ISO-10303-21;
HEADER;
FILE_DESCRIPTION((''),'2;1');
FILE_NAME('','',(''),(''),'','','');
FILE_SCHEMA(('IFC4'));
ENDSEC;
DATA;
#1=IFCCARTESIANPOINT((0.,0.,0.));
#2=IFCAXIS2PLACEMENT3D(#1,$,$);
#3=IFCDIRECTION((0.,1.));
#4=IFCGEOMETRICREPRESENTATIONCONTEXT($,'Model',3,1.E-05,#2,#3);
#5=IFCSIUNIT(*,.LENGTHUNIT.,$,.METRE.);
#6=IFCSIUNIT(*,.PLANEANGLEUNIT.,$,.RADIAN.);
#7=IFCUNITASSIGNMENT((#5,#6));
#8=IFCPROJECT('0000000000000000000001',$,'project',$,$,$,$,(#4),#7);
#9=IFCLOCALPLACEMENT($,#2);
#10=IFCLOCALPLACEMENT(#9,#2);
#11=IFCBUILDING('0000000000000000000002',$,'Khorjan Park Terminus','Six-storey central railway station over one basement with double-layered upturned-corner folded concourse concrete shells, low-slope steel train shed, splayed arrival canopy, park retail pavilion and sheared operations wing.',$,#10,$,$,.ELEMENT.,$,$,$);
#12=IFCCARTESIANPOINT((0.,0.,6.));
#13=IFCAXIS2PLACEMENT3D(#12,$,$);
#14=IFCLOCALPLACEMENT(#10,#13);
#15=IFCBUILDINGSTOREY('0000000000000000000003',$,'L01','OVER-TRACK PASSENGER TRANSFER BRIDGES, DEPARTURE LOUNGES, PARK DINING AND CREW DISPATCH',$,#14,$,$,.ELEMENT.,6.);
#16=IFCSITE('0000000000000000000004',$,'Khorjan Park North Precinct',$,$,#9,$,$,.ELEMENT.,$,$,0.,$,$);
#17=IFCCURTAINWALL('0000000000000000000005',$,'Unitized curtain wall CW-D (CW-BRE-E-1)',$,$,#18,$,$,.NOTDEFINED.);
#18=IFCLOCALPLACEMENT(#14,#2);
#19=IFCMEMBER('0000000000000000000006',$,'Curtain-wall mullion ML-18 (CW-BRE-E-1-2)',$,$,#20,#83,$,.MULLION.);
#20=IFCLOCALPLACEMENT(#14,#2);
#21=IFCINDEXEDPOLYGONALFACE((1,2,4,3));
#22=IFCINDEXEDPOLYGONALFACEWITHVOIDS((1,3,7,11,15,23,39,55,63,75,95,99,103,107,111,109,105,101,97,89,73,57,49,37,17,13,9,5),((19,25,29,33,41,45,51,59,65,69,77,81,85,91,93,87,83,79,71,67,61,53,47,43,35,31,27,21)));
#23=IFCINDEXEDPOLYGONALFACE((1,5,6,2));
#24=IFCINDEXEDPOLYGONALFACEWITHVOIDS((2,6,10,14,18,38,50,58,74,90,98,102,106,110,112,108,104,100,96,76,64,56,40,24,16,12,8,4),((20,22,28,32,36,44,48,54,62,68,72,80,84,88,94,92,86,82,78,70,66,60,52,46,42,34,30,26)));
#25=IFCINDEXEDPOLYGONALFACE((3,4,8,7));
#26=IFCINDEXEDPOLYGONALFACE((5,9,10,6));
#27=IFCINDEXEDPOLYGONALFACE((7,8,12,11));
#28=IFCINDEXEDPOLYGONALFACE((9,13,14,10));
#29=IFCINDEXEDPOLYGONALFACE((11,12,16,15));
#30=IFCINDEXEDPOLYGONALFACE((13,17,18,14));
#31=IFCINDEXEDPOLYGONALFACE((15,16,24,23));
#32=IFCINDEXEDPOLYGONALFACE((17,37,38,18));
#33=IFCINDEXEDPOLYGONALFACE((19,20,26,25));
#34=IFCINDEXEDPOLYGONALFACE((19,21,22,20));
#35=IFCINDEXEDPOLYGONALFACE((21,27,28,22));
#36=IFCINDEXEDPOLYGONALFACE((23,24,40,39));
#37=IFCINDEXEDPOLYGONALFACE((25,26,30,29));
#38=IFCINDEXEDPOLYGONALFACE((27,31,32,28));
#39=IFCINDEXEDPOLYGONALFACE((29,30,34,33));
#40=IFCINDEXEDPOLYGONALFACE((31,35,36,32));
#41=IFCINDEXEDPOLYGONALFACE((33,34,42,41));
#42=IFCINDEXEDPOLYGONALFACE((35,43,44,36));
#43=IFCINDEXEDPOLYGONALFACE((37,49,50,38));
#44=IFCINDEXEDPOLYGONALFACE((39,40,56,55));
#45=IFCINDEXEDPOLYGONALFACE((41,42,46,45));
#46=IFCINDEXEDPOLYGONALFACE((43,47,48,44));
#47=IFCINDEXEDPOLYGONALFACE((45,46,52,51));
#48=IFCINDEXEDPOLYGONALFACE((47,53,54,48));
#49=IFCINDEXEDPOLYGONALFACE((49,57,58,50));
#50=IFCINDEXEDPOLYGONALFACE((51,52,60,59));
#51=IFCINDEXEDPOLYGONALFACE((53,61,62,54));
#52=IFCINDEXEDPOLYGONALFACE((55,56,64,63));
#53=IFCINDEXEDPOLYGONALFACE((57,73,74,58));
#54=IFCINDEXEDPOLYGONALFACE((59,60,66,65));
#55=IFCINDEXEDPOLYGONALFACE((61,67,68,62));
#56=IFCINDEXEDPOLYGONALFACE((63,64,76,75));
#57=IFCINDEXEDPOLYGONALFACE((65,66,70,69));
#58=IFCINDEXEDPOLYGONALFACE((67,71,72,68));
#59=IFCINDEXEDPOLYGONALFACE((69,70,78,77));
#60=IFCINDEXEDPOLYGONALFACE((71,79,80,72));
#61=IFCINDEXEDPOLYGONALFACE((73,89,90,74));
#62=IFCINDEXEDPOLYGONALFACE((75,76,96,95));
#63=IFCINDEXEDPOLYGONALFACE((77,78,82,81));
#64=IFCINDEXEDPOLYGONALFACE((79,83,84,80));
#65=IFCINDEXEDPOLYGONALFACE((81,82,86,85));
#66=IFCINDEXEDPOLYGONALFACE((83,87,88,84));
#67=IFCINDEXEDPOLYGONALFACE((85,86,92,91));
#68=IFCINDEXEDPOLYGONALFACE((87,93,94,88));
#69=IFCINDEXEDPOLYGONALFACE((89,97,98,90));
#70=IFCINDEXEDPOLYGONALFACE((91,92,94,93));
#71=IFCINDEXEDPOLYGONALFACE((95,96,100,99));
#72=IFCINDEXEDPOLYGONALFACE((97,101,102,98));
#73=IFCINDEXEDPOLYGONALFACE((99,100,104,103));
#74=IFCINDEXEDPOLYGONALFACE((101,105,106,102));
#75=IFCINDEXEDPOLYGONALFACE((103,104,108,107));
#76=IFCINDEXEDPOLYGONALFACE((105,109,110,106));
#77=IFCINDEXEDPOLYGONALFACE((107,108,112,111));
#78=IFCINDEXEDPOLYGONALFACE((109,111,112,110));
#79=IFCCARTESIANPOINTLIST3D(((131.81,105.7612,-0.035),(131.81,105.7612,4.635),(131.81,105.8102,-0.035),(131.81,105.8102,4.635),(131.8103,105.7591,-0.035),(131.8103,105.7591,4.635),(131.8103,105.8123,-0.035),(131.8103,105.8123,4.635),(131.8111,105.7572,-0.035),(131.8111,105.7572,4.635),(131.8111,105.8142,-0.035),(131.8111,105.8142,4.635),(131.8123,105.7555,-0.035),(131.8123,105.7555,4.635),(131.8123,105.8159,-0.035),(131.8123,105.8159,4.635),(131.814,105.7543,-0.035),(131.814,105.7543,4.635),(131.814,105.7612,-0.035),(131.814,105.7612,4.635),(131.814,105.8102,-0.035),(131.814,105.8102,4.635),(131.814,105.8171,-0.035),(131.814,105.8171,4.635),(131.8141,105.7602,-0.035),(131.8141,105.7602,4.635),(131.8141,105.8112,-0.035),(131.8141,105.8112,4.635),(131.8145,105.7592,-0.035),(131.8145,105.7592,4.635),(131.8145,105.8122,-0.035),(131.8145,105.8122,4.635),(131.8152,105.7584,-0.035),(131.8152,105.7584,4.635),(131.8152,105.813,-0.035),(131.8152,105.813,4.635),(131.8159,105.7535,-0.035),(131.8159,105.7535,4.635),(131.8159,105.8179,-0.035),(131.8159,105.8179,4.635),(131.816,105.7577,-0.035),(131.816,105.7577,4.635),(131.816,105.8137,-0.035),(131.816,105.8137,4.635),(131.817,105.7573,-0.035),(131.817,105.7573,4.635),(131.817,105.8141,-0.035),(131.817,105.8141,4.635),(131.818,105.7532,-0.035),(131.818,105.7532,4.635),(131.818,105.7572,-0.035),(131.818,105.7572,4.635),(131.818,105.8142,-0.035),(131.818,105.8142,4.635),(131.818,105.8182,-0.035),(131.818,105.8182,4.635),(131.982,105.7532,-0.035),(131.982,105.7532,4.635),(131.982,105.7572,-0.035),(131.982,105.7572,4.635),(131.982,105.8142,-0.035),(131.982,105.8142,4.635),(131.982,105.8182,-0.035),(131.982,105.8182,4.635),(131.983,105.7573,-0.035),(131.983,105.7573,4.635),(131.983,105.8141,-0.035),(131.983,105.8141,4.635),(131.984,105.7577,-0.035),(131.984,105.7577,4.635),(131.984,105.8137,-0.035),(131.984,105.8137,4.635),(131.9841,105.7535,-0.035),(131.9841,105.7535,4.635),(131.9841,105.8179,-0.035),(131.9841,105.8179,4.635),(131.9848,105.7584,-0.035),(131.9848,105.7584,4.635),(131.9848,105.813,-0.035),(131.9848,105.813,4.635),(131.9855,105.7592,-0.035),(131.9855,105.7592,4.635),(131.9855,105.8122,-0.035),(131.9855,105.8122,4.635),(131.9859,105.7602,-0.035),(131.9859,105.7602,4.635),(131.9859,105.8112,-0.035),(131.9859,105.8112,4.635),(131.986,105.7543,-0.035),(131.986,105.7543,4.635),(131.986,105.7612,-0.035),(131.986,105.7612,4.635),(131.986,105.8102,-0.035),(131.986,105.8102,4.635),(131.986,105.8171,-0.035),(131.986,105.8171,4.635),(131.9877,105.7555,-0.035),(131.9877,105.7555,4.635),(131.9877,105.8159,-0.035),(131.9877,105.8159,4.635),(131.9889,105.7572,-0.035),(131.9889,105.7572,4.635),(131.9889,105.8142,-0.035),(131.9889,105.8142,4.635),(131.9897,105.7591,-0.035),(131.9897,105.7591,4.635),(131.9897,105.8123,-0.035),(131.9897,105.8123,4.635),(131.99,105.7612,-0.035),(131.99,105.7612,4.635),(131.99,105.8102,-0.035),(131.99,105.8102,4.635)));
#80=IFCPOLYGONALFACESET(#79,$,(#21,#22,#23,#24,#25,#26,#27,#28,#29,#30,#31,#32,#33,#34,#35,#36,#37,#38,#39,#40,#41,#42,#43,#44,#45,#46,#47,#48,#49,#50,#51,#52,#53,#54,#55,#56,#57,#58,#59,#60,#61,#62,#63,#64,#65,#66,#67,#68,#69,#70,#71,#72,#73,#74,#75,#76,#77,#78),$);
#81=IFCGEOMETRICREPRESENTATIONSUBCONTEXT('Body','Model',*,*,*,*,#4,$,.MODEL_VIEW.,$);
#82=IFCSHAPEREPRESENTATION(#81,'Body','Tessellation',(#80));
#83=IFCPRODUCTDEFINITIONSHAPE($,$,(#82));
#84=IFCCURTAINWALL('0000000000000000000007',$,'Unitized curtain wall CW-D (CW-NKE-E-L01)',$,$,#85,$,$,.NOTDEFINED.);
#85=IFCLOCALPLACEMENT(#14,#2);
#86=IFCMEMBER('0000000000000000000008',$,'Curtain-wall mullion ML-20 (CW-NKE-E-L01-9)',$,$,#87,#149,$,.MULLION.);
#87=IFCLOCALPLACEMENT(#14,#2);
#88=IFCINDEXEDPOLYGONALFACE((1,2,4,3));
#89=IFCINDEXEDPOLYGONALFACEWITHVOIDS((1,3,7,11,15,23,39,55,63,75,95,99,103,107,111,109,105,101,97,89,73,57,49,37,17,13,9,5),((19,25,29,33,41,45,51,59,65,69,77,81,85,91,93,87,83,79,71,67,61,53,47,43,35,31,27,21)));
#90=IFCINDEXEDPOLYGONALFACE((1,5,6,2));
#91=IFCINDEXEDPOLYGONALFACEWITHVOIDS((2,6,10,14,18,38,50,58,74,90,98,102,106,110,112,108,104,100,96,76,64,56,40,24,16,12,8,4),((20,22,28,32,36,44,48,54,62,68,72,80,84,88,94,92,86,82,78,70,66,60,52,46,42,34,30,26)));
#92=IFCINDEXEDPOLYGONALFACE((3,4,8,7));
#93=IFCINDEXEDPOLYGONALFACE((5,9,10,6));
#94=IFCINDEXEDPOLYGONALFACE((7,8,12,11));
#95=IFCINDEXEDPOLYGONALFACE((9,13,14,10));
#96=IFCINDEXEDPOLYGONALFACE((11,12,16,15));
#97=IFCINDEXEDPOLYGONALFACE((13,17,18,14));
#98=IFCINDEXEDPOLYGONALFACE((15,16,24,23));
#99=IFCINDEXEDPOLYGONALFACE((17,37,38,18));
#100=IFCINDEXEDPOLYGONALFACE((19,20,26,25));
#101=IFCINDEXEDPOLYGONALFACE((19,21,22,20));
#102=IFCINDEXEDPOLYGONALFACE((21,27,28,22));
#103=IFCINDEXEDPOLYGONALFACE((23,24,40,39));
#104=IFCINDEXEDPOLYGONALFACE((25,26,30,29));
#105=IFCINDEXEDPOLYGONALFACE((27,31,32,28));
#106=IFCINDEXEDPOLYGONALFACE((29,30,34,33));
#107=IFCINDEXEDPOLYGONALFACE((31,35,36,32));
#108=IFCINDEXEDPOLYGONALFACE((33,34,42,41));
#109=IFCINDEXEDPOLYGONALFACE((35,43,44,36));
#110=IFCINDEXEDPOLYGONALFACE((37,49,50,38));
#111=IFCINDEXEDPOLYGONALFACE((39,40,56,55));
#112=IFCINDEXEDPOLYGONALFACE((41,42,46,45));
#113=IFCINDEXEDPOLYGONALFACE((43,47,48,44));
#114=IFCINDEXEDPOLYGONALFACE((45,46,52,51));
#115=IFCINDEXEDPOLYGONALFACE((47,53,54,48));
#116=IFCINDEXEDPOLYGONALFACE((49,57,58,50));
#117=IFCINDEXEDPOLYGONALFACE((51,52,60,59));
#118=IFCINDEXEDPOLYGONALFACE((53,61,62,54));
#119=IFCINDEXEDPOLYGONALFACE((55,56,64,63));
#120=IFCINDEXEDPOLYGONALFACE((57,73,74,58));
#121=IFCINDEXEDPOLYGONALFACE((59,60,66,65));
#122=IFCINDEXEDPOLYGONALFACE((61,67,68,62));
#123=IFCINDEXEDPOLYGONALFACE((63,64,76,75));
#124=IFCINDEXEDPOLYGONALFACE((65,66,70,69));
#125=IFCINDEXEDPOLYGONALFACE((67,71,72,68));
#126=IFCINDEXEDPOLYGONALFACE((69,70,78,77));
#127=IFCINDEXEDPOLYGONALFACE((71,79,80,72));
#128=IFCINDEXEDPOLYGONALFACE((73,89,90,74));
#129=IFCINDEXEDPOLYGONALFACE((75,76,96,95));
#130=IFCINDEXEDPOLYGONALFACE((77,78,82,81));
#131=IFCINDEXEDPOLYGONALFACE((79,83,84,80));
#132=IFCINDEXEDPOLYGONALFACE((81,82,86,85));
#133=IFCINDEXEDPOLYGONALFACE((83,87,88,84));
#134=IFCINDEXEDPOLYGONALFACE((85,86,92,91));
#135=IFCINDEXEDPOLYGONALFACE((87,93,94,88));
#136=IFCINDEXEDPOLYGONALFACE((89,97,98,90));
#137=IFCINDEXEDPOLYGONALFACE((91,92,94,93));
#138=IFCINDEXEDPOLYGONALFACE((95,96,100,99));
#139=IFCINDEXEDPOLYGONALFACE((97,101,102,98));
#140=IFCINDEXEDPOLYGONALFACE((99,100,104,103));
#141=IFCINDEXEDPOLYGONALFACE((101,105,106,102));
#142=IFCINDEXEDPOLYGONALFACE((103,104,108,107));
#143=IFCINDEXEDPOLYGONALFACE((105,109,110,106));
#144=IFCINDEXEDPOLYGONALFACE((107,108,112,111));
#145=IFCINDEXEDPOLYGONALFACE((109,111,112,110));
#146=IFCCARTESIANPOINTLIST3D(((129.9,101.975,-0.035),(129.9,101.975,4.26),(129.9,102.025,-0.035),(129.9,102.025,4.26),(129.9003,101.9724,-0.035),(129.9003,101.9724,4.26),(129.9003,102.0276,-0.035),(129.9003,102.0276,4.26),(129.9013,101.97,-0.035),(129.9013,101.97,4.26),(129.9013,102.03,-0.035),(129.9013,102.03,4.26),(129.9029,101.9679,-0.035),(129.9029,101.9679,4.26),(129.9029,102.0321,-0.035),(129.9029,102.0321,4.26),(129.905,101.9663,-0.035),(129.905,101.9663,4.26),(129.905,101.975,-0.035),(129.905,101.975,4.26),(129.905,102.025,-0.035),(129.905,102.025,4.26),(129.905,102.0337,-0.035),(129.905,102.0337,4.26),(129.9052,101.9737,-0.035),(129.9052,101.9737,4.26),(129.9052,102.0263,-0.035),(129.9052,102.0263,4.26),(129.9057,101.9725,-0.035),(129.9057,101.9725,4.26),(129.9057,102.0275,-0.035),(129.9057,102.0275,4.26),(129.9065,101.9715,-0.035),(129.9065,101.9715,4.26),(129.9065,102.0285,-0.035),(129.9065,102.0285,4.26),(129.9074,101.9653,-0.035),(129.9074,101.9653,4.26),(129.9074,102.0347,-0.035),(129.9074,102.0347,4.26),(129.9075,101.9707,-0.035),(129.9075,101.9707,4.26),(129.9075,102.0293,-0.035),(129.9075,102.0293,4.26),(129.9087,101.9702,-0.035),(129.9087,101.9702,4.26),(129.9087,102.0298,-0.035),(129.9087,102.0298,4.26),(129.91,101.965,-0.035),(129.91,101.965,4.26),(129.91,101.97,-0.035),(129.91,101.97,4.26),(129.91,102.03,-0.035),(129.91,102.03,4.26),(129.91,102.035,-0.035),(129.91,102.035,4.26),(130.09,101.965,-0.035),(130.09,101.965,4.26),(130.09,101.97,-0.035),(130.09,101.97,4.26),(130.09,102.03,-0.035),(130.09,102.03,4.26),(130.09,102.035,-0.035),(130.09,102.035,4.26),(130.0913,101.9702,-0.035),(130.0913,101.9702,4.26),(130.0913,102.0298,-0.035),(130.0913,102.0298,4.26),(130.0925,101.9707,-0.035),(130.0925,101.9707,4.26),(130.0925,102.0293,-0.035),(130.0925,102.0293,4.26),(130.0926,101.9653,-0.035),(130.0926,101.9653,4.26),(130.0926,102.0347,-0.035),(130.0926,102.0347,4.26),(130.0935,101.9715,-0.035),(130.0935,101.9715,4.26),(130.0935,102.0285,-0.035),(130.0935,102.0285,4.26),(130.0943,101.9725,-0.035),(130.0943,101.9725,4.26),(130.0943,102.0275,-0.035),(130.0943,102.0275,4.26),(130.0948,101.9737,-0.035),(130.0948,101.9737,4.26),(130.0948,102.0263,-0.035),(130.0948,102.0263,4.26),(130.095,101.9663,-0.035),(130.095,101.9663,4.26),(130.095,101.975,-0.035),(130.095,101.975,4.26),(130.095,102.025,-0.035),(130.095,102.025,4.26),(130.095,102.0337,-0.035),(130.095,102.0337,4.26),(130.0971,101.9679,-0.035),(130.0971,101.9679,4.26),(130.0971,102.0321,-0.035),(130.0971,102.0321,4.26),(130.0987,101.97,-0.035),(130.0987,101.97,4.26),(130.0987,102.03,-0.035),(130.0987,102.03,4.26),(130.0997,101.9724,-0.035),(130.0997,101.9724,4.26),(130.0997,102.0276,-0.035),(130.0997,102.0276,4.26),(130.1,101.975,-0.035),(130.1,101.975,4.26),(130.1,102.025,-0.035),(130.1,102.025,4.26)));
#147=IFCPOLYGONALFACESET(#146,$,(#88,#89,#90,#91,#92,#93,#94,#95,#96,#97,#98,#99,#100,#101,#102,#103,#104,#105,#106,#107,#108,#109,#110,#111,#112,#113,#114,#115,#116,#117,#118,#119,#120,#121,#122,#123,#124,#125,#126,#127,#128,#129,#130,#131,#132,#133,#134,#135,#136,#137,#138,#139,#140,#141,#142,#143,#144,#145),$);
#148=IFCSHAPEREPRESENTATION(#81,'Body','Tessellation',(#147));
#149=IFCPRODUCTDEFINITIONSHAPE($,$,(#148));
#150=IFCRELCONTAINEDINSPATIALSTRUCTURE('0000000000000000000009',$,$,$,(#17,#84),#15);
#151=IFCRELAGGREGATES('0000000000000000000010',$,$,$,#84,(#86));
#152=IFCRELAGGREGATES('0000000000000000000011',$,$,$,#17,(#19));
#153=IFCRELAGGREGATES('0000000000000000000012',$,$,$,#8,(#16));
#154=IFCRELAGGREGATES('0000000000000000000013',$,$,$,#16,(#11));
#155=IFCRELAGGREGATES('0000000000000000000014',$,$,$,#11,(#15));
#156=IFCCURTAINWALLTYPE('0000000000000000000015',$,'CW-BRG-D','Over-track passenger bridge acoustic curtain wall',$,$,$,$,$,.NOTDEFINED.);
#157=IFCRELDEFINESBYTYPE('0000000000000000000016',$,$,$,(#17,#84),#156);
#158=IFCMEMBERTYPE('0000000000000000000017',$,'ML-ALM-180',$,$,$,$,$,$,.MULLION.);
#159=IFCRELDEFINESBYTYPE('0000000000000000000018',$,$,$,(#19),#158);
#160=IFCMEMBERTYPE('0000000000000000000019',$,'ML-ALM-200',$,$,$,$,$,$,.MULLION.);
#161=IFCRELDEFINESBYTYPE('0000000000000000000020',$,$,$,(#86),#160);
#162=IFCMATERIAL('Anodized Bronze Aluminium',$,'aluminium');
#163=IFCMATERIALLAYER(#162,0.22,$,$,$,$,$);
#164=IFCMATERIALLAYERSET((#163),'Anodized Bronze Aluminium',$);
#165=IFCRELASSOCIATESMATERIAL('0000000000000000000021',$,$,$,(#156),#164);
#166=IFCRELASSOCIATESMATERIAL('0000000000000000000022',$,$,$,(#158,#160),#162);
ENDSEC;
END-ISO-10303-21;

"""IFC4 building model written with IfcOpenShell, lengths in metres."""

from ifc_helpers import new_model, si_unit, direction, frame, origin, origin_2d, place, context, subcontext, project, spatial, hollow_rectangle, extrude, material, layer, layer_set, material_profile, profile_set, type_object, element, aggregate, save


model = new_model("IFC4")

# Units and contexts
model_context = context("Model", 3, precision=1e-05, world=origin(), true_north=direction((0.0, 1.0)))
body_context = subcontext(model_context, "Body", "Model", "MODEL_VIEW")
ifc_project = project(units=[si_unit("LENGTHUNIT", "METRE"), si_unit("PLANEANGLEUNIT", "RADIAN")], contexts=[model_context])

# Site, building, storey
site_placement = place(None, origin())
site = spatial("IfcSite", under=ifc_project, at=site_placement, Name="Khorjan Park North Precinct", CompositionType="ELEMENT", RefElevation=0.0)
building_placement = place(site_placement, origin())
building = spatial("IfcBuilding", under=site, at=building_placement, Name="Khorjan Park Terminus", Description="Six-storey central railway station over one basement with double-layered upturned-corner folded concourse concrete shells, low-slope steel train shed, splayed arrival canopy, park retail pavilion and sheared operations wing.", CompositionType="ELEMENT")
storey_placement = place(building_placement, frame((0.0, 0.0, 6.0)))
storey = spatial("IfcBuildingStorey", under=building, at=storey_placement, Name="L01", Description="OVER-TRACK PASSENGER TRANSFER BRIDGES, DEPARTURE LOUNGES, PARK DINING AND CREW DISPATCH", CompositionType="ELEMENT", Elevation=6.0)

# Curtain wall, member
ifc_material_1 = material(Name="Anodized Bronze Aluminium", Category="aluminium")
ifc_layer_1 = layer(ifc_material_1, 0.22)
ifc_layer_set_1 = layer_set([ifc_layer_1], Name="Anodized Bronze Aluminium")
curtain_wall_type = type_object("IfcCurtainWallType", Name="CW-BRG-D", Description="Over-track passenger bridge acoustic curtain wall", PredefinedType="NOTDEFINED", material=ifc_layer_set_1)
curtain_wall_1_placement = place(storey_placement, origin())
curtain_wall_1 = element("IfcCurtainWall", 1, at=curtain_wall_1_placement, inside=storey, type_object=curtain_wall_type, Name="Unitized curtain wall CW-D (CW-BRE-E-1)", PredefinedType="NOTDEFINED")
ifc_material_profile_1 = material_profile(ifc_material_1, hollow_rectangle(XDim=0.065, YDim=0.18, WallThickness=0.004, InnerFilletRadius=0.004, OuterFilletRadius=0.008, at=origin_2d()), Name="ALM 65x180x4")
ifc_profile_set_1 = profile_set([ifc_material_profile_1], Name="Anodized Bronze Aluminium")
member_type_1 = type_object("IfcMemberType", Name="ML-ALM-180", PredefinedType="MULLION", material=ifc_profile_set_1)
member_1_placement = place(storey_placement, frame((131.9, 105.7857, -0.035), z_axis=(0.0, 0.0, 1.0), x_axis=(0.0, 1.0, 0.0)))
member_1 = element("IfcMember", 2, at=member_1_placement, type_object=member_type_1, Name="Curtain-wall mullion ML-18 (CW-BRE-E-1-2)", PredefinedType="MULLION", context=body_context, shape_type="SweptSolid", body=[
    extrude(hollow_rectangle(XDim=0.065, YDim=0.18, WallThickness=0.004, InnerFilletRadius=0.004, OuterFilletRadius=0.008, at=origin_2d()), origin(), (0.0, 0.0, 1.0), 4.67),
])

# Curtain wall, member
curtain_wall_2_placement = place(storey_placement, origin())
curtain_wall_2 = element("IfcCurtainWall", 3, at=curtain_wall_2_placement, inside=storey, type_object=curtain_wall_type, Name="Unitized curtain wall CW-D (CW-NKE-E-L01)", PredefinedType="NOTDEFINED")
ifc_material_profile_2 = material_profile(ifc_material_1, hollow_rectangle(XDim=0.07, YDim=0.2, WallThickness=0.005, InnerFilletRadius=0.005, OuterFilletRadius=0.01, at=origin_2d()), Name="ALM 70x200x5")
ifc_profile_set_2 = profile_set([ifc_material_profile_2], Name="Anodized Bronze Aluminium")
member_type_2 = type_object("IfcMemberType", Name="ML-ALM-200", PredefinedType="MULLION", material=ifc_profile_set_2)
member_2_placement = place(storey_placement, frame((130.0, 102.0, -0.035), z_axis=(0.0, 0.0, 1.0), x_axis=(0.0, 1.0, 0.0)))
member_2 = element("IfcMember", 4, at=member_2_placement, type_object=member_type_2, Name="Curtain-wall mullion ML-20 (CW-NKE-E-L01-9)", PredefinedType="MULLION", context=body_context, shape_type="SweptSolid", body=[
    extrude(hollow_rectangle(XDim=0.07, YDim=0.2, WallThickness=0.005, InnerFilletRadius=0.005, OuterFilletRadius=0.01, at=origin_2d()), origin(), (0.0, 0.0, 1.0), 4.295),
])

aggregate(curtain_wall_2, [member_2])
aggregate(curtain_wall_1, [member_1])

save(model, "model.ifc")
